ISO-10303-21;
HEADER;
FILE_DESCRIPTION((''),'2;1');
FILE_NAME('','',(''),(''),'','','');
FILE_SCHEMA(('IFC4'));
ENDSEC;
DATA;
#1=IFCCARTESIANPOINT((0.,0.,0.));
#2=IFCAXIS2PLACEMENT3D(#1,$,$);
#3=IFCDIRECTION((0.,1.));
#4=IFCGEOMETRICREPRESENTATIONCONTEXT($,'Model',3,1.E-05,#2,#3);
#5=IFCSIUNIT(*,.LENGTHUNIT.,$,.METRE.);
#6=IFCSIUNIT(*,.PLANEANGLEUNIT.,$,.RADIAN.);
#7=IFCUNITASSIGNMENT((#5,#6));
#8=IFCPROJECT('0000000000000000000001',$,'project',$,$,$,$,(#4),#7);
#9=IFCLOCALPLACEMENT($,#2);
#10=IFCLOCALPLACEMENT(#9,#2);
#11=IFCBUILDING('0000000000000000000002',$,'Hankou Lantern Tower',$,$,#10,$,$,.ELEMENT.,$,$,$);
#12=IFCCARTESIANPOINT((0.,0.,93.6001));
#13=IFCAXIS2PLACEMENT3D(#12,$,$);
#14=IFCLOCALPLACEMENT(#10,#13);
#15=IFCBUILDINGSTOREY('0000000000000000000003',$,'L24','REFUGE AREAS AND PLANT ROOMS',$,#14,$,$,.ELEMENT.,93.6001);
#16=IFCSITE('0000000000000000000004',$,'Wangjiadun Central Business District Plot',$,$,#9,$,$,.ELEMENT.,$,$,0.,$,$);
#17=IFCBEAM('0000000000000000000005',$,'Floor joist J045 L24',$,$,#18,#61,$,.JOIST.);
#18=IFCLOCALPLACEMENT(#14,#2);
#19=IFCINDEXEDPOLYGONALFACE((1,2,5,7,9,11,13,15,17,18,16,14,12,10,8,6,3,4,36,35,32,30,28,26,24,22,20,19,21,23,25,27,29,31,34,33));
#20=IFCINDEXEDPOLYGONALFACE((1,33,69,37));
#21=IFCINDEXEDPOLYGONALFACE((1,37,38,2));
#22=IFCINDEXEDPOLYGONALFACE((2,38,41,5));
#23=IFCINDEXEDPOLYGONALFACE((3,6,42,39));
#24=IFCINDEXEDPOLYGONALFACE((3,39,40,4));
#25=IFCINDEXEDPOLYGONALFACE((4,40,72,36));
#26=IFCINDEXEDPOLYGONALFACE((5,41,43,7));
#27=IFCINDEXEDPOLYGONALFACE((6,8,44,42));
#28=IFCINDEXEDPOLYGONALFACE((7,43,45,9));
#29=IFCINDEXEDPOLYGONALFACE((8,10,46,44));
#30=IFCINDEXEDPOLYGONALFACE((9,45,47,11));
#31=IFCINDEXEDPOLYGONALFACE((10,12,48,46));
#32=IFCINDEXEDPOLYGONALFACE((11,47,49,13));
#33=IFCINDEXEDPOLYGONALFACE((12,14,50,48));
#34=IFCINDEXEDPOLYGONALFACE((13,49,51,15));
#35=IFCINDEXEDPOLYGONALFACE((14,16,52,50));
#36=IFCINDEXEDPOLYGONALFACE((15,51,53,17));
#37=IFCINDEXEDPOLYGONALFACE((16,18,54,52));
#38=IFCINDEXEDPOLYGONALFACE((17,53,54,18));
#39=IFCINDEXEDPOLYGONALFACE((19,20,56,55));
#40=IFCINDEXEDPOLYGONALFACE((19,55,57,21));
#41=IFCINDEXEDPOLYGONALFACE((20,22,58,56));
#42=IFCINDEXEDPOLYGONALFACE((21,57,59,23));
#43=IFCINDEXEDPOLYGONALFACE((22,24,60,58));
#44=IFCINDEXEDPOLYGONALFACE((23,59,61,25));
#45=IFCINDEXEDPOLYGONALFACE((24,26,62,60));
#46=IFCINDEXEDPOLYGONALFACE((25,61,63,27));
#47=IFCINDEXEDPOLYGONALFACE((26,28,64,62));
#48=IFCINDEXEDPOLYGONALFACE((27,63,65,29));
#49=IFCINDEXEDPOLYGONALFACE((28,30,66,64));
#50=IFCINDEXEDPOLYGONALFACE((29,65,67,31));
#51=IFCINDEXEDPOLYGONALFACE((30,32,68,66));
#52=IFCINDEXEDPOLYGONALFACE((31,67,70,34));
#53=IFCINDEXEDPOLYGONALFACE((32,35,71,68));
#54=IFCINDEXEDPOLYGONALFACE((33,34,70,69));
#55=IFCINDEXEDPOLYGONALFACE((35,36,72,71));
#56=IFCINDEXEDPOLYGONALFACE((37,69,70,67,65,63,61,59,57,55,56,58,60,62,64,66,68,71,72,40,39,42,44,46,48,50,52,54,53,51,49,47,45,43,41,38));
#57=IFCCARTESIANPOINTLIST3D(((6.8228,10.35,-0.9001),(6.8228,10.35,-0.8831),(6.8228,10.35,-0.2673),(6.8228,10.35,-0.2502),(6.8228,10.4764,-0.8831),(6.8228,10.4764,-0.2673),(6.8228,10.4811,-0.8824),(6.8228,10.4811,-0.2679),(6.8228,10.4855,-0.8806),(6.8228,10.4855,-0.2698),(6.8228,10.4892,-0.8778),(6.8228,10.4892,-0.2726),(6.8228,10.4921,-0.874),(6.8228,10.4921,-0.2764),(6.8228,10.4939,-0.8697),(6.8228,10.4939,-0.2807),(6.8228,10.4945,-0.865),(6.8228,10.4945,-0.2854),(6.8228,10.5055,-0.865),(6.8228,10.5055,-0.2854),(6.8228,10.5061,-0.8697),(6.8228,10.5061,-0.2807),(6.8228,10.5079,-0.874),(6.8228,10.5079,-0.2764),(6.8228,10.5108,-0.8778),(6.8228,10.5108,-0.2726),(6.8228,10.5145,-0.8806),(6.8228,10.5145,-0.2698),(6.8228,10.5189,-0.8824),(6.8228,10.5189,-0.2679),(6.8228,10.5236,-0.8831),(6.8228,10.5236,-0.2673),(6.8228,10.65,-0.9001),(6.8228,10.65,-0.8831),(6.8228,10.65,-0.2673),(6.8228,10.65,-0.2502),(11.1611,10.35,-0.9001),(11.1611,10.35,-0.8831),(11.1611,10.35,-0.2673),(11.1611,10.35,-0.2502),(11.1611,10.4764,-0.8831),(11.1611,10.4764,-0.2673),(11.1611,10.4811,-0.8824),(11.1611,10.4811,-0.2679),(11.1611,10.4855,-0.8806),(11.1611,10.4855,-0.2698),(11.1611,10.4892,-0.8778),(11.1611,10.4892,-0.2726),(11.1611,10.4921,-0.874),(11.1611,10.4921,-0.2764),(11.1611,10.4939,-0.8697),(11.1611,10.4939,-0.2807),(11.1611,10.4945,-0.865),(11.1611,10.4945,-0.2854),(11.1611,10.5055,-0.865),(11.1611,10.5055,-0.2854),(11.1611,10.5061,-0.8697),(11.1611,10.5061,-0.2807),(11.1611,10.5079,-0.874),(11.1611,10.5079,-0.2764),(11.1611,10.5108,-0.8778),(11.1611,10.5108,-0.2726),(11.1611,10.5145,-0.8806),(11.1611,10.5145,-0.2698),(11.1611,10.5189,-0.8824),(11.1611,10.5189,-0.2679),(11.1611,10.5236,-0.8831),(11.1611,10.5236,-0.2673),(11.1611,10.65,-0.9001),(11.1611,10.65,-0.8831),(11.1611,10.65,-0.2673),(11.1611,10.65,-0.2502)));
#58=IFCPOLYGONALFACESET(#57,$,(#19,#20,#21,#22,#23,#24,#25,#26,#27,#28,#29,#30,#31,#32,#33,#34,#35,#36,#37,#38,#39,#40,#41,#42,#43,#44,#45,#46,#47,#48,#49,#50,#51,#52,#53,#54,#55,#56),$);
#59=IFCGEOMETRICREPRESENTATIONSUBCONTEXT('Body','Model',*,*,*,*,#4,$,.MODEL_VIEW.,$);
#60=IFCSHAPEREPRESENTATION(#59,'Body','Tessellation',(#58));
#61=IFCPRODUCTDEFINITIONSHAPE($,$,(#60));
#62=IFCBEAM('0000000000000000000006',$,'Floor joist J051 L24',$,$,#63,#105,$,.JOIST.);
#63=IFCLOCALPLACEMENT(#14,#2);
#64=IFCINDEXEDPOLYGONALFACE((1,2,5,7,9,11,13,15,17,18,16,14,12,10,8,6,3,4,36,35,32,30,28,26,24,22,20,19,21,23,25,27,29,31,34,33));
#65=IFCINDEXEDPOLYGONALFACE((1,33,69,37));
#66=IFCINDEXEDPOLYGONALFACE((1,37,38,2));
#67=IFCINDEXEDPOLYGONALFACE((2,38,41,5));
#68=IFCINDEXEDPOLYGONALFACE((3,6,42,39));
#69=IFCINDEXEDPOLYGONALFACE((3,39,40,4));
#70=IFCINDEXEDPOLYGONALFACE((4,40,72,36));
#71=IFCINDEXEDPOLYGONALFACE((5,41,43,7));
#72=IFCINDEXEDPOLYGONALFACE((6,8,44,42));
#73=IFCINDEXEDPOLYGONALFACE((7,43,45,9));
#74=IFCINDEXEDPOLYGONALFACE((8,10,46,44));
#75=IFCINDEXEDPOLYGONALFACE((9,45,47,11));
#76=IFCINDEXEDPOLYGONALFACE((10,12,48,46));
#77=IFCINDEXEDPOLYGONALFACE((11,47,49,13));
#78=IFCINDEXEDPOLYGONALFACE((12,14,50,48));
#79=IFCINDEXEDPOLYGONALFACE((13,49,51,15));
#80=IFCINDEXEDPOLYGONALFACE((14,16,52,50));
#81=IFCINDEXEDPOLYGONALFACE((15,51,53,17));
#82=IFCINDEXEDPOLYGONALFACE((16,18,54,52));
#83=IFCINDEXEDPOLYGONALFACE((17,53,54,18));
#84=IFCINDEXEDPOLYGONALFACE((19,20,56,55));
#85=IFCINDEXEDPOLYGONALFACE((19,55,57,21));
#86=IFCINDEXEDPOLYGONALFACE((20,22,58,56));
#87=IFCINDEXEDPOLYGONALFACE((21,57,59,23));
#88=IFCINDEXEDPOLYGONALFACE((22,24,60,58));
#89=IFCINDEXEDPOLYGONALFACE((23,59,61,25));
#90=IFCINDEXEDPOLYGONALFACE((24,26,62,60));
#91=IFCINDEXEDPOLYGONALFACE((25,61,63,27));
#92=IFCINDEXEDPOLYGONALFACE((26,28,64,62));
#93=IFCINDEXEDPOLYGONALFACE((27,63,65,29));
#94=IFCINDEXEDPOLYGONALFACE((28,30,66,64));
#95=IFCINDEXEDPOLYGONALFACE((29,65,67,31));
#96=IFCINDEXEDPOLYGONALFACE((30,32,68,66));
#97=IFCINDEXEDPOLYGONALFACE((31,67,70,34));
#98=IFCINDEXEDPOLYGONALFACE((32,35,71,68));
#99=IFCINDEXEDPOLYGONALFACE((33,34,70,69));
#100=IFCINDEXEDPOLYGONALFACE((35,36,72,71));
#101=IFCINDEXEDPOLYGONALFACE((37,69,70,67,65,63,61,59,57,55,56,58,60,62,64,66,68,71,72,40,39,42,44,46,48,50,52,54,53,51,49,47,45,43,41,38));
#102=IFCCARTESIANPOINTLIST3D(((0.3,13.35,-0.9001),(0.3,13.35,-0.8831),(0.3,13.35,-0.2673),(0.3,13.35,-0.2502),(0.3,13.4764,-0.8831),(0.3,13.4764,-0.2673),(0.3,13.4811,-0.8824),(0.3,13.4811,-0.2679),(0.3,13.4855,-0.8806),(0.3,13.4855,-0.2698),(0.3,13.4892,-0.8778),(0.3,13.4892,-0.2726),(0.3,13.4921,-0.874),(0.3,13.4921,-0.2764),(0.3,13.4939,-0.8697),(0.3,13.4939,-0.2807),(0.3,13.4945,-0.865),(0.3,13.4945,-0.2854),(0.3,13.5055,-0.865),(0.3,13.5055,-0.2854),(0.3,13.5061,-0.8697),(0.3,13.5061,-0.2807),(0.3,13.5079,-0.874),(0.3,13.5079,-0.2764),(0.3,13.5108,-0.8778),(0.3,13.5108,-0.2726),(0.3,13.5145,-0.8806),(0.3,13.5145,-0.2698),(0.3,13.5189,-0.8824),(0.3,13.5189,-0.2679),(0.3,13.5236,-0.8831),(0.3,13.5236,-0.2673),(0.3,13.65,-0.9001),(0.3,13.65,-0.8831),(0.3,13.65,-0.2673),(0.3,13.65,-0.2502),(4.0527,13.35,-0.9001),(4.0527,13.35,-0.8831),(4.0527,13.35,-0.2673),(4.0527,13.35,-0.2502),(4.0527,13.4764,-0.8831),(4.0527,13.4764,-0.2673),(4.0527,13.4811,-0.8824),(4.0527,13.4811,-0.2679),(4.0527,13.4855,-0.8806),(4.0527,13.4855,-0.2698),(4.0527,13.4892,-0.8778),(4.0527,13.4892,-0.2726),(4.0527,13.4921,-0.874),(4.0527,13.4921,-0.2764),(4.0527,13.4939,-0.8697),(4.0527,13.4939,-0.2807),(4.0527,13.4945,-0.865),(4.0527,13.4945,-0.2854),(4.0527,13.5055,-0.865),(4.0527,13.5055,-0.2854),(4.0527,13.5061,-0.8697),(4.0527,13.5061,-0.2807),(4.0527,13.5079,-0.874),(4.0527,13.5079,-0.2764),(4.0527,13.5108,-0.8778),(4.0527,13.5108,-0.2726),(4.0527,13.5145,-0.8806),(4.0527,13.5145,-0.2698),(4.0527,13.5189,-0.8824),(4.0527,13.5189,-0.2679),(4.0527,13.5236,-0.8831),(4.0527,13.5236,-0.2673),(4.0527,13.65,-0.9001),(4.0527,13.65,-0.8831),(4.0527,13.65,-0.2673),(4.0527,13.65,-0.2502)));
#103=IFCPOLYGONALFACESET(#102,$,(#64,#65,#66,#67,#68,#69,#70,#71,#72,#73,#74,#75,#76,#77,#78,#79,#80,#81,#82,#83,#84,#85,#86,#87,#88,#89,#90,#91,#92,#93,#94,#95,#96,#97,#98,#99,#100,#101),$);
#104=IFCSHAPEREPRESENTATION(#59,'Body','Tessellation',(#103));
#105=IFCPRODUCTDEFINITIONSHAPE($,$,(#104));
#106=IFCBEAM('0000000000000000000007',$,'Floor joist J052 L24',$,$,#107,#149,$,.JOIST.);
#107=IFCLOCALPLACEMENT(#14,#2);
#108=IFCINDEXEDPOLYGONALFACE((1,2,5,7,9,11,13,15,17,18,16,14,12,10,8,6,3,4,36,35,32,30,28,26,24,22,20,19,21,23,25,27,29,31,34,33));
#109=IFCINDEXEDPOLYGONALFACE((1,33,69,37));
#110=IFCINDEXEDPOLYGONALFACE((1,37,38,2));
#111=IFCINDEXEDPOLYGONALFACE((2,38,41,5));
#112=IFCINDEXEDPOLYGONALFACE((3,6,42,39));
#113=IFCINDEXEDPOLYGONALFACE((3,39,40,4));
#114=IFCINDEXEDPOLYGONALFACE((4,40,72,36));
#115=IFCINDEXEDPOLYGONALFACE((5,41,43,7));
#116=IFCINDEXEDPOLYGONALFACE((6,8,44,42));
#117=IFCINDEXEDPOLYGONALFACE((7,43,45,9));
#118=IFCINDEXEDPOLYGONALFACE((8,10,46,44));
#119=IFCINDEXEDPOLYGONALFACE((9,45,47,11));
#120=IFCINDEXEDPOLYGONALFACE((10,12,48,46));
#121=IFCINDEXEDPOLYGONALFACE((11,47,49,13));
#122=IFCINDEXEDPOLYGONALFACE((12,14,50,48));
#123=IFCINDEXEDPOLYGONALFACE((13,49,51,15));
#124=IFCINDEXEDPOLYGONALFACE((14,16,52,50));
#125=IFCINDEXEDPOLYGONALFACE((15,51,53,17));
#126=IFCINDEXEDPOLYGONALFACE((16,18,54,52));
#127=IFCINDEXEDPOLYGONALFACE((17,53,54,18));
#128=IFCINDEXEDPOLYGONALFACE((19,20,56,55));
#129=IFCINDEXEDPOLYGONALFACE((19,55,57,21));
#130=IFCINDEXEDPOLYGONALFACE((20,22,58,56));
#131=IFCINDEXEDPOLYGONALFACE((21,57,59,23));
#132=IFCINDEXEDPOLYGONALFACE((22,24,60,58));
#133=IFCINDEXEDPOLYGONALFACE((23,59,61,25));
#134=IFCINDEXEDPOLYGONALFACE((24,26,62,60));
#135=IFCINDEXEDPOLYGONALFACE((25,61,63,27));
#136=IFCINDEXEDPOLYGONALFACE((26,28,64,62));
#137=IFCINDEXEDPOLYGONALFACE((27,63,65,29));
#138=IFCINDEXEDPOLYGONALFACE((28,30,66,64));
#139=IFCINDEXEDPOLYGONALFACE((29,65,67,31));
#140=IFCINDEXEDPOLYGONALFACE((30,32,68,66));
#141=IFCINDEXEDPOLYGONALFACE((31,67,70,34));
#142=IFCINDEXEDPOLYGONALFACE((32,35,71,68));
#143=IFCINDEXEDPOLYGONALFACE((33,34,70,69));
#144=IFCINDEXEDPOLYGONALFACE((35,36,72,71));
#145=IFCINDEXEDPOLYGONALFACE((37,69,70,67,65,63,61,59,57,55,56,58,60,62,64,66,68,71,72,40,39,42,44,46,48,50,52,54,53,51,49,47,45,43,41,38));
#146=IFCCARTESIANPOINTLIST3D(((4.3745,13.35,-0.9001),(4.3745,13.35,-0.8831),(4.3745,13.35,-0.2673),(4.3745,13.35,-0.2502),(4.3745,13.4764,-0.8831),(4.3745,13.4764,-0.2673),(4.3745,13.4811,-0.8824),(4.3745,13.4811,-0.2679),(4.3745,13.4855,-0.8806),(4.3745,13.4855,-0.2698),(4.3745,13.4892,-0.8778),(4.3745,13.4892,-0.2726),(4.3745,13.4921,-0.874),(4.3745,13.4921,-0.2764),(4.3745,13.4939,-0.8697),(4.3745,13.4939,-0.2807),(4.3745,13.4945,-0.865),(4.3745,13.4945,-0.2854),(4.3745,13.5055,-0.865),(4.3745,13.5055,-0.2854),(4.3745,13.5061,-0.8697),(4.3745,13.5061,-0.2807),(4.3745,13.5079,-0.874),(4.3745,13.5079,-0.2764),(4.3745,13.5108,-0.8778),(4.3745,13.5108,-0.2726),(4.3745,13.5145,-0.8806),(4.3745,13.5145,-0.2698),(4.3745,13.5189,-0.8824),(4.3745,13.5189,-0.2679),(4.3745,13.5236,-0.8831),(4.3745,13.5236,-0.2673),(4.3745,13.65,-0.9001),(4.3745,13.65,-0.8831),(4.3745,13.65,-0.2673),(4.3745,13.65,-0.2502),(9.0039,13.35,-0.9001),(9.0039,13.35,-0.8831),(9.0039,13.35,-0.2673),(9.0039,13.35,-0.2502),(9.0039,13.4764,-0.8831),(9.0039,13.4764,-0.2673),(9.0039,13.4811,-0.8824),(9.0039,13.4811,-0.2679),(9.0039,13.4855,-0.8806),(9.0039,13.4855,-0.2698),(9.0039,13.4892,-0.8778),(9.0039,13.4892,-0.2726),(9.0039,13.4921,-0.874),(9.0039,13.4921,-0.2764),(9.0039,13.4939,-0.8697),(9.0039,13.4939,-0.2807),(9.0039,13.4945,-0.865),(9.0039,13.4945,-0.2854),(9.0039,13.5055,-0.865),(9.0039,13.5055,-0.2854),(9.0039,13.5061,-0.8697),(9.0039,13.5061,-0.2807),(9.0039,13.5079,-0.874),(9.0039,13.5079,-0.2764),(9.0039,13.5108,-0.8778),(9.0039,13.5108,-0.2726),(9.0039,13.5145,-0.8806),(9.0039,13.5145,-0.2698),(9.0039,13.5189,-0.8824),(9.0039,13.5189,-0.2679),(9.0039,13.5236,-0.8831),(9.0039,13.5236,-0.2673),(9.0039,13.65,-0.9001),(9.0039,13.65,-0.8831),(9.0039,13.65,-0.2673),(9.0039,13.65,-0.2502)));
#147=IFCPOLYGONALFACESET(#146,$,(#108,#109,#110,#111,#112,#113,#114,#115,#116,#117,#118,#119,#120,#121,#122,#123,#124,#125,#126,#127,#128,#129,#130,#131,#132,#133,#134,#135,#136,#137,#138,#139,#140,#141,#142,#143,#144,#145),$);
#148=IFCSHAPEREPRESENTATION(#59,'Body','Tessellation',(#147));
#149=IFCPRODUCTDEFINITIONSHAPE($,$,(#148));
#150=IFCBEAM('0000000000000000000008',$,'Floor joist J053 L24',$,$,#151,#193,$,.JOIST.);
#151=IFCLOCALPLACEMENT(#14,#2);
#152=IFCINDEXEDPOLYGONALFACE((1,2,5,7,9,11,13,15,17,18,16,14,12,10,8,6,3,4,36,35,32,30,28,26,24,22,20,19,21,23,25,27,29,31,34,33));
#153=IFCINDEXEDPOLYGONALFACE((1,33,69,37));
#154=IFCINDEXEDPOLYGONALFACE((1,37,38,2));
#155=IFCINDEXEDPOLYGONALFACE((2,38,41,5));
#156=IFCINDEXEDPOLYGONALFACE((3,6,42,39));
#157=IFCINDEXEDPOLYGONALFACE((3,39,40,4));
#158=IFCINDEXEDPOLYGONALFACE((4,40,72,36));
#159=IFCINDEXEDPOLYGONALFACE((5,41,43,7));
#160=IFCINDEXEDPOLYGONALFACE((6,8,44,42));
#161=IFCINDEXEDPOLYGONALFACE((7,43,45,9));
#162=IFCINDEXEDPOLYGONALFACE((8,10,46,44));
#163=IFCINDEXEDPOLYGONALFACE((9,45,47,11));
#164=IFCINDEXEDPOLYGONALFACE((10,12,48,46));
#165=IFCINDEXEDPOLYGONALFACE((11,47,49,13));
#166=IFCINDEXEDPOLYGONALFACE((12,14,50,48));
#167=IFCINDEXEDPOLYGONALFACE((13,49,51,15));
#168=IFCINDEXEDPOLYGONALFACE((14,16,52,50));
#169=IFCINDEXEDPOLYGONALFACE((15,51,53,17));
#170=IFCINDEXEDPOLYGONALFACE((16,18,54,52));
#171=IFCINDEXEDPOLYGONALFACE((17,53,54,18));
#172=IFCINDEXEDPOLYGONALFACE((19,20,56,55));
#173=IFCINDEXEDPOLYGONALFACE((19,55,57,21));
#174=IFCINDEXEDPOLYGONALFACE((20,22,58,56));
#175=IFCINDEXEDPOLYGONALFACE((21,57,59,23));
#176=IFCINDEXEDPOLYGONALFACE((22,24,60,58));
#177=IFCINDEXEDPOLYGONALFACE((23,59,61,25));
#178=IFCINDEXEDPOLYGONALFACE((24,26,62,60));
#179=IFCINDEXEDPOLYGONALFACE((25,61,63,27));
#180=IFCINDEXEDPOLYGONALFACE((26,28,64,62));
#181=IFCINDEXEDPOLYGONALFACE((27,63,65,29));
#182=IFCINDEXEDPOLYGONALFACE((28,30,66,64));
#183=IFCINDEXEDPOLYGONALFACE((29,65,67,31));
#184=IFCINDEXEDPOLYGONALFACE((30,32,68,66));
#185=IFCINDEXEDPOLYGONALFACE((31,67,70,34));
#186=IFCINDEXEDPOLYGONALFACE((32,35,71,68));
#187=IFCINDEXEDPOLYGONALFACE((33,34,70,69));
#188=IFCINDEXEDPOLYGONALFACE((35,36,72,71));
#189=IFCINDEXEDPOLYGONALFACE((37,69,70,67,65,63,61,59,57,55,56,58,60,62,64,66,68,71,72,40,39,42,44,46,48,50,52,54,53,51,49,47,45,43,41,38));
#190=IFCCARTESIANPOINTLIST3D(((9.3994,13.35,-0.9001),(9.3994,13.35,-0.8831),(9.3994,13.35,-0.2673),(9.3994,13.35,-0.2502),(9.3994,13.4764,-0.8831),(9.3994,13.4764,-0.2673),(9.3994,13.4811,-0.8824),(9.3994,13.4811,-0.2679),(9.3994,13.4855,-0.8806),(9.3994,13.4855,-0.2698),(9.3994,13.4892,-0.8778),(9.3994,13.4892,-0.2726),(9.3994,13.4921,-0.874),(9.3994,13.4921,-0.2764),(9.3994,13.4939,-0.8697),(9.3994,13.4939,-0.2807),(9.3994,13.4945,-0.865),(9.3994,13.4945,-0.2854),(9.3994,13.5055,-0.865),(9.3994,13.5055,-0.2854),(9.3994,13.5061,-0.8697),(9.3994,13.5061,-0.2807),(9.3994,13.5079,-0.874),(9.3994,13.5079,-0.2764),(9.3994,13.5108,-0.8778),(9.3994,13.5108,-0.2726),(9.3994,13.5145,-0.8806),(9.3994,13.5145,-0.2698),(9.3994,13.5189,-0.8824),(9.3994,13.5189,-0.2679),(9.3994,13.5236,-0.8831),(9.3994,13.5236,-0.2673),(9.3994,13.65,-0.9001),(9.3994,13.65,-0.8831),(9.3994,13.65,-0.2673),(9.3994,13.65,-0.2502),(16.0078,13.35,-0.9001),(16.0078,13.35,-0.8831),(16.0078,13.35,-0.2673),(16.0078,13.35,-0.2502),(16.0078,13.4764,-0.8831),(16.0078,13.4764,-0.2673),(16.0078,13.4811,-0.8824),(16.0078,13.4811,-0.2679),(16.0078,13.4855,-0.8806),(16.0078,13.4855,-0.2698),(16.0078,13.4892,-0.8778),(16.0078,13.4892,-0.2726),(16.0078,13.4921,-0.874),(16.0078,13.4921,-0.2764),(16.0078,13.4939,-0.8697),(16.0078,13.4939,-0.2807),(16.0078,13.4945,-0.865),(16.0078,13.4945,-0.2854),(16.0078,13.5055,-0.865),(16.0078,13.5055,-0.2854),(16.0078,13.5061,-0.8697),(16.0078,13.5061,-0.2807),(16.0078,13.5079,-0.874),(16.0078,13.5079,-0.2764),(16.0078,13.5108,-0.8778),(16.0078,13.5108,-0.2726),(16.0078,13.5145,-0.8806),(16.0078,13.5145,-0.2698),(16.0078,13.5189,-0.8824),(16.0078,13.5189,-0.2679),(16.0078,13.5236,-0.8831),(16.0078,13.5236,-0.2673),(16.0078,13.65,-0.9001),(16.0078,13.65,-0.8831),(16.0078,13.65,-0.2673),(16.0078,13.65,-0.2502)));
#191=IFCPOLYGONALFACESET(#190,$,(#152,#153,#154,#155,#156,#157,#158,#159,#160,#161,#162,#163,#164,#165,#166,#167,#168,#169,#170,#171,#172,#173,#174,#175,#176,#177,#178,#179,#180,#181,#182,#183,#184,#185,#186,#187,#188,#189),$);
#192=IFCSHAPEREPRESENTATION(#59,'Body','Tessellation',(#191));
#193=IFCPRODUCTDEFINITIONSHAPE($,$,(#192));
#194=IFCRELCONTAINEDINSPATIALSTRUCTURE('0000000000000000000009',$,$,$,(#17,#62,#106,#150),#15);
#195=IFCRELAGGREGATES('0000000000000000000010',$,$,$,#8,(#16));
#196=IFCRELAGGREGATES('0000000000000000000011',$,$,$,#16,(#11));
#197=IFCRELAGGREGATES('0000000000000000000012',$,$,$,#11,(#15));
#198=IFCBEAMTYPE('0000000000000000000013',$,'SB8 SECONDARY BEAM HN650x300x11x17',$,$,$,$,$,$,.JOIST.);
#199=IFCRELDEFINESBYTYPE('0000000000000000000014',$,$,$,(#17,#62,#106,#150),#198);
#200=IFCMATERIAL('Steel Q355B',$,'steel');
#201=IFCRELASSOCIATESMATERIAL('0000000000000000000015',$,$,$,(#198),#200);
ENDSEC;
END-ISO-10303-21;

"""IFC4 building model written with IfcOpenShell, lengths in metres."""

from ifc_helpers import new_model, si_unit, direction, frame, origin, origin_2d, place, context, subcontext, project, spatial, i_section, extrude, material, material_profile, profile_set, type_object, element, save


model = new_model("IFC4")

# Units and contexts
model_context = context("Model", 3, precision=1e-05, world=origin(), true_north=direction((0.0, 1.0)))
body_context = subcontext(model_context, "Body", "Model", "MODEL_VIEW")
ifc_project = project(units=[si_unit("LENGTHUNIT", "METRE"), si_unit("PLANEANGLEUNIT", "RADIAN")], contexts=[model_context])

# Site, building, storey
site_placement = place(None, origin())
site = spatial("IfcSite", under=ifc_project, at=site_placement, Name="Wangjiadun Central Business District Plot", CompositionType="ELEMENT", RefElevation=0.0)
building_placement = place(site_placement, origin())
building = spatial("IfcBuilding", under=site, at=building_placement, Name="Hankou Lantern Tower", CompositionType="ELEMENT")
storey_placement = place(building_placement, frame((0.0, 0.0, 93.6001)))
storey = spatial("IfcBuildingStorey", under=building, at=storey_placement, Name="L24", Description="REFUGE AREAS AND PLANT ROOMS", CompositionType="ELEMENT", Elevation=93.6001)

# Beams
ifc_material_1 = material(Name="Steel Q355B", Category="steel")
ifc_material_profile_1 = material_profile(ifc_material_1, i_section(OverallWidth=0.3, OverallDepth=0.6499, WebThickness=0.011, FlangeThickness=0.0171, FilletRadius=0.0181, at=origin_2d()), Name="HN650x300x11x17")
ifc_profile_set_1 = profile_set([ifc_material_profile_1], Name="Steel Q355B")
beam_type_1 = type_object("IfcBeamType", Name="SB8 SECONDARY BEAM HN650x300x11x17", PredefinedType="JOIST", material=ifc_profile_set_1)
beam_1_placement = place(storey_placement, frame((6.8228, 10.5, -0.5752), z_axis=(1.0, 0.0, 0.0), x_axis=(0.0, 1.0, 0.0)))
element("IfcBeam", 1, at=beam_1_placement, inside=storey, type_object=beam_type_1, Name="Floor joist J045 L24", PredefinedType="JOIST", context=body_context, shape_type="SweptSolid", body=[
    extrude(i_section(OverallWidth=0.3, OverallDepth=0.6499, WebThickness=0.011, FlangeThickness=0.0171, FilletRadius=0.0181, at=origin_2d()), origin(), (0.0, 0.0, 1.0), 4.3384),
])
beam_2_placement = place(storey_placement, frame((0.3, 13.5, -0.5752), z_axis=(1.0, 0.0, 0.0), x_axis=(0.0, 1.0, 0.0)))
element("IfcBeam", 2, at=beam_2_placement, inside=storey, type_object=beam_type_1, Name="Floor joist J051 L24", PredefinedType="JOIST", context=body_context, shape_type="SweptSolid", body=[
    extrude(i_section(OverallWidth=0.3, OverallDepth=0.6499, WebThickness=0.011, FlangeThickness=0.0171, FilletRadius=0.0181, at=origin_2d()), origin(), (0.0, 0.0, 1.0), 3.7527),
])
beam_3_placement = place(storey_placement, frame((4.3745, 13.5, -0.5752), z_axis=(1.0, 0.0, 0.0), x_axis=(0.0, 1.0, 0.0)))
element("IfcBeam", 3, at=beam_3_placement, inside=storey, type_object=beam_type_1, Name="Floor joist J052 L24", PredefinedType="JOIST", context=body_context, shape_type="SweptSolid", body=[
    extrude(i_section(OverallWidth=0.3, OverallDepth=0.6499, WebThickness=0.011, FlangeThickness=0.0171, FilletRadius=0.0181, at=origin_2d()), origin(), (0.0, 0.0, 1.0), 4.6294),
])
beam_4_placement = place(storey_placement, frame((9.3994, 13.5, -0.5752), z_axis=(1.0, 0.0, 0.0), x_axis=(0.0, 1.0, 0.0)))
element("IfcBeam", 4, at=beam_4_placement, inside=storey, type_object=beam_type_1, Name="Floor joist J053 L24", PredefinedType="JOIST", context=body_context, shape_type="SweptSolid", body=[
    extrude(i_section(OverallWidth=0.3, OverallDepth=0.6499, WebThickness=0.011, FlangeThickness=0.0171, FilletRadius=0.0181, at=origin_2d()), origin(), (0.0, 0.0, 1.0), 6.6084),
])

save(model, "model.ifc")
